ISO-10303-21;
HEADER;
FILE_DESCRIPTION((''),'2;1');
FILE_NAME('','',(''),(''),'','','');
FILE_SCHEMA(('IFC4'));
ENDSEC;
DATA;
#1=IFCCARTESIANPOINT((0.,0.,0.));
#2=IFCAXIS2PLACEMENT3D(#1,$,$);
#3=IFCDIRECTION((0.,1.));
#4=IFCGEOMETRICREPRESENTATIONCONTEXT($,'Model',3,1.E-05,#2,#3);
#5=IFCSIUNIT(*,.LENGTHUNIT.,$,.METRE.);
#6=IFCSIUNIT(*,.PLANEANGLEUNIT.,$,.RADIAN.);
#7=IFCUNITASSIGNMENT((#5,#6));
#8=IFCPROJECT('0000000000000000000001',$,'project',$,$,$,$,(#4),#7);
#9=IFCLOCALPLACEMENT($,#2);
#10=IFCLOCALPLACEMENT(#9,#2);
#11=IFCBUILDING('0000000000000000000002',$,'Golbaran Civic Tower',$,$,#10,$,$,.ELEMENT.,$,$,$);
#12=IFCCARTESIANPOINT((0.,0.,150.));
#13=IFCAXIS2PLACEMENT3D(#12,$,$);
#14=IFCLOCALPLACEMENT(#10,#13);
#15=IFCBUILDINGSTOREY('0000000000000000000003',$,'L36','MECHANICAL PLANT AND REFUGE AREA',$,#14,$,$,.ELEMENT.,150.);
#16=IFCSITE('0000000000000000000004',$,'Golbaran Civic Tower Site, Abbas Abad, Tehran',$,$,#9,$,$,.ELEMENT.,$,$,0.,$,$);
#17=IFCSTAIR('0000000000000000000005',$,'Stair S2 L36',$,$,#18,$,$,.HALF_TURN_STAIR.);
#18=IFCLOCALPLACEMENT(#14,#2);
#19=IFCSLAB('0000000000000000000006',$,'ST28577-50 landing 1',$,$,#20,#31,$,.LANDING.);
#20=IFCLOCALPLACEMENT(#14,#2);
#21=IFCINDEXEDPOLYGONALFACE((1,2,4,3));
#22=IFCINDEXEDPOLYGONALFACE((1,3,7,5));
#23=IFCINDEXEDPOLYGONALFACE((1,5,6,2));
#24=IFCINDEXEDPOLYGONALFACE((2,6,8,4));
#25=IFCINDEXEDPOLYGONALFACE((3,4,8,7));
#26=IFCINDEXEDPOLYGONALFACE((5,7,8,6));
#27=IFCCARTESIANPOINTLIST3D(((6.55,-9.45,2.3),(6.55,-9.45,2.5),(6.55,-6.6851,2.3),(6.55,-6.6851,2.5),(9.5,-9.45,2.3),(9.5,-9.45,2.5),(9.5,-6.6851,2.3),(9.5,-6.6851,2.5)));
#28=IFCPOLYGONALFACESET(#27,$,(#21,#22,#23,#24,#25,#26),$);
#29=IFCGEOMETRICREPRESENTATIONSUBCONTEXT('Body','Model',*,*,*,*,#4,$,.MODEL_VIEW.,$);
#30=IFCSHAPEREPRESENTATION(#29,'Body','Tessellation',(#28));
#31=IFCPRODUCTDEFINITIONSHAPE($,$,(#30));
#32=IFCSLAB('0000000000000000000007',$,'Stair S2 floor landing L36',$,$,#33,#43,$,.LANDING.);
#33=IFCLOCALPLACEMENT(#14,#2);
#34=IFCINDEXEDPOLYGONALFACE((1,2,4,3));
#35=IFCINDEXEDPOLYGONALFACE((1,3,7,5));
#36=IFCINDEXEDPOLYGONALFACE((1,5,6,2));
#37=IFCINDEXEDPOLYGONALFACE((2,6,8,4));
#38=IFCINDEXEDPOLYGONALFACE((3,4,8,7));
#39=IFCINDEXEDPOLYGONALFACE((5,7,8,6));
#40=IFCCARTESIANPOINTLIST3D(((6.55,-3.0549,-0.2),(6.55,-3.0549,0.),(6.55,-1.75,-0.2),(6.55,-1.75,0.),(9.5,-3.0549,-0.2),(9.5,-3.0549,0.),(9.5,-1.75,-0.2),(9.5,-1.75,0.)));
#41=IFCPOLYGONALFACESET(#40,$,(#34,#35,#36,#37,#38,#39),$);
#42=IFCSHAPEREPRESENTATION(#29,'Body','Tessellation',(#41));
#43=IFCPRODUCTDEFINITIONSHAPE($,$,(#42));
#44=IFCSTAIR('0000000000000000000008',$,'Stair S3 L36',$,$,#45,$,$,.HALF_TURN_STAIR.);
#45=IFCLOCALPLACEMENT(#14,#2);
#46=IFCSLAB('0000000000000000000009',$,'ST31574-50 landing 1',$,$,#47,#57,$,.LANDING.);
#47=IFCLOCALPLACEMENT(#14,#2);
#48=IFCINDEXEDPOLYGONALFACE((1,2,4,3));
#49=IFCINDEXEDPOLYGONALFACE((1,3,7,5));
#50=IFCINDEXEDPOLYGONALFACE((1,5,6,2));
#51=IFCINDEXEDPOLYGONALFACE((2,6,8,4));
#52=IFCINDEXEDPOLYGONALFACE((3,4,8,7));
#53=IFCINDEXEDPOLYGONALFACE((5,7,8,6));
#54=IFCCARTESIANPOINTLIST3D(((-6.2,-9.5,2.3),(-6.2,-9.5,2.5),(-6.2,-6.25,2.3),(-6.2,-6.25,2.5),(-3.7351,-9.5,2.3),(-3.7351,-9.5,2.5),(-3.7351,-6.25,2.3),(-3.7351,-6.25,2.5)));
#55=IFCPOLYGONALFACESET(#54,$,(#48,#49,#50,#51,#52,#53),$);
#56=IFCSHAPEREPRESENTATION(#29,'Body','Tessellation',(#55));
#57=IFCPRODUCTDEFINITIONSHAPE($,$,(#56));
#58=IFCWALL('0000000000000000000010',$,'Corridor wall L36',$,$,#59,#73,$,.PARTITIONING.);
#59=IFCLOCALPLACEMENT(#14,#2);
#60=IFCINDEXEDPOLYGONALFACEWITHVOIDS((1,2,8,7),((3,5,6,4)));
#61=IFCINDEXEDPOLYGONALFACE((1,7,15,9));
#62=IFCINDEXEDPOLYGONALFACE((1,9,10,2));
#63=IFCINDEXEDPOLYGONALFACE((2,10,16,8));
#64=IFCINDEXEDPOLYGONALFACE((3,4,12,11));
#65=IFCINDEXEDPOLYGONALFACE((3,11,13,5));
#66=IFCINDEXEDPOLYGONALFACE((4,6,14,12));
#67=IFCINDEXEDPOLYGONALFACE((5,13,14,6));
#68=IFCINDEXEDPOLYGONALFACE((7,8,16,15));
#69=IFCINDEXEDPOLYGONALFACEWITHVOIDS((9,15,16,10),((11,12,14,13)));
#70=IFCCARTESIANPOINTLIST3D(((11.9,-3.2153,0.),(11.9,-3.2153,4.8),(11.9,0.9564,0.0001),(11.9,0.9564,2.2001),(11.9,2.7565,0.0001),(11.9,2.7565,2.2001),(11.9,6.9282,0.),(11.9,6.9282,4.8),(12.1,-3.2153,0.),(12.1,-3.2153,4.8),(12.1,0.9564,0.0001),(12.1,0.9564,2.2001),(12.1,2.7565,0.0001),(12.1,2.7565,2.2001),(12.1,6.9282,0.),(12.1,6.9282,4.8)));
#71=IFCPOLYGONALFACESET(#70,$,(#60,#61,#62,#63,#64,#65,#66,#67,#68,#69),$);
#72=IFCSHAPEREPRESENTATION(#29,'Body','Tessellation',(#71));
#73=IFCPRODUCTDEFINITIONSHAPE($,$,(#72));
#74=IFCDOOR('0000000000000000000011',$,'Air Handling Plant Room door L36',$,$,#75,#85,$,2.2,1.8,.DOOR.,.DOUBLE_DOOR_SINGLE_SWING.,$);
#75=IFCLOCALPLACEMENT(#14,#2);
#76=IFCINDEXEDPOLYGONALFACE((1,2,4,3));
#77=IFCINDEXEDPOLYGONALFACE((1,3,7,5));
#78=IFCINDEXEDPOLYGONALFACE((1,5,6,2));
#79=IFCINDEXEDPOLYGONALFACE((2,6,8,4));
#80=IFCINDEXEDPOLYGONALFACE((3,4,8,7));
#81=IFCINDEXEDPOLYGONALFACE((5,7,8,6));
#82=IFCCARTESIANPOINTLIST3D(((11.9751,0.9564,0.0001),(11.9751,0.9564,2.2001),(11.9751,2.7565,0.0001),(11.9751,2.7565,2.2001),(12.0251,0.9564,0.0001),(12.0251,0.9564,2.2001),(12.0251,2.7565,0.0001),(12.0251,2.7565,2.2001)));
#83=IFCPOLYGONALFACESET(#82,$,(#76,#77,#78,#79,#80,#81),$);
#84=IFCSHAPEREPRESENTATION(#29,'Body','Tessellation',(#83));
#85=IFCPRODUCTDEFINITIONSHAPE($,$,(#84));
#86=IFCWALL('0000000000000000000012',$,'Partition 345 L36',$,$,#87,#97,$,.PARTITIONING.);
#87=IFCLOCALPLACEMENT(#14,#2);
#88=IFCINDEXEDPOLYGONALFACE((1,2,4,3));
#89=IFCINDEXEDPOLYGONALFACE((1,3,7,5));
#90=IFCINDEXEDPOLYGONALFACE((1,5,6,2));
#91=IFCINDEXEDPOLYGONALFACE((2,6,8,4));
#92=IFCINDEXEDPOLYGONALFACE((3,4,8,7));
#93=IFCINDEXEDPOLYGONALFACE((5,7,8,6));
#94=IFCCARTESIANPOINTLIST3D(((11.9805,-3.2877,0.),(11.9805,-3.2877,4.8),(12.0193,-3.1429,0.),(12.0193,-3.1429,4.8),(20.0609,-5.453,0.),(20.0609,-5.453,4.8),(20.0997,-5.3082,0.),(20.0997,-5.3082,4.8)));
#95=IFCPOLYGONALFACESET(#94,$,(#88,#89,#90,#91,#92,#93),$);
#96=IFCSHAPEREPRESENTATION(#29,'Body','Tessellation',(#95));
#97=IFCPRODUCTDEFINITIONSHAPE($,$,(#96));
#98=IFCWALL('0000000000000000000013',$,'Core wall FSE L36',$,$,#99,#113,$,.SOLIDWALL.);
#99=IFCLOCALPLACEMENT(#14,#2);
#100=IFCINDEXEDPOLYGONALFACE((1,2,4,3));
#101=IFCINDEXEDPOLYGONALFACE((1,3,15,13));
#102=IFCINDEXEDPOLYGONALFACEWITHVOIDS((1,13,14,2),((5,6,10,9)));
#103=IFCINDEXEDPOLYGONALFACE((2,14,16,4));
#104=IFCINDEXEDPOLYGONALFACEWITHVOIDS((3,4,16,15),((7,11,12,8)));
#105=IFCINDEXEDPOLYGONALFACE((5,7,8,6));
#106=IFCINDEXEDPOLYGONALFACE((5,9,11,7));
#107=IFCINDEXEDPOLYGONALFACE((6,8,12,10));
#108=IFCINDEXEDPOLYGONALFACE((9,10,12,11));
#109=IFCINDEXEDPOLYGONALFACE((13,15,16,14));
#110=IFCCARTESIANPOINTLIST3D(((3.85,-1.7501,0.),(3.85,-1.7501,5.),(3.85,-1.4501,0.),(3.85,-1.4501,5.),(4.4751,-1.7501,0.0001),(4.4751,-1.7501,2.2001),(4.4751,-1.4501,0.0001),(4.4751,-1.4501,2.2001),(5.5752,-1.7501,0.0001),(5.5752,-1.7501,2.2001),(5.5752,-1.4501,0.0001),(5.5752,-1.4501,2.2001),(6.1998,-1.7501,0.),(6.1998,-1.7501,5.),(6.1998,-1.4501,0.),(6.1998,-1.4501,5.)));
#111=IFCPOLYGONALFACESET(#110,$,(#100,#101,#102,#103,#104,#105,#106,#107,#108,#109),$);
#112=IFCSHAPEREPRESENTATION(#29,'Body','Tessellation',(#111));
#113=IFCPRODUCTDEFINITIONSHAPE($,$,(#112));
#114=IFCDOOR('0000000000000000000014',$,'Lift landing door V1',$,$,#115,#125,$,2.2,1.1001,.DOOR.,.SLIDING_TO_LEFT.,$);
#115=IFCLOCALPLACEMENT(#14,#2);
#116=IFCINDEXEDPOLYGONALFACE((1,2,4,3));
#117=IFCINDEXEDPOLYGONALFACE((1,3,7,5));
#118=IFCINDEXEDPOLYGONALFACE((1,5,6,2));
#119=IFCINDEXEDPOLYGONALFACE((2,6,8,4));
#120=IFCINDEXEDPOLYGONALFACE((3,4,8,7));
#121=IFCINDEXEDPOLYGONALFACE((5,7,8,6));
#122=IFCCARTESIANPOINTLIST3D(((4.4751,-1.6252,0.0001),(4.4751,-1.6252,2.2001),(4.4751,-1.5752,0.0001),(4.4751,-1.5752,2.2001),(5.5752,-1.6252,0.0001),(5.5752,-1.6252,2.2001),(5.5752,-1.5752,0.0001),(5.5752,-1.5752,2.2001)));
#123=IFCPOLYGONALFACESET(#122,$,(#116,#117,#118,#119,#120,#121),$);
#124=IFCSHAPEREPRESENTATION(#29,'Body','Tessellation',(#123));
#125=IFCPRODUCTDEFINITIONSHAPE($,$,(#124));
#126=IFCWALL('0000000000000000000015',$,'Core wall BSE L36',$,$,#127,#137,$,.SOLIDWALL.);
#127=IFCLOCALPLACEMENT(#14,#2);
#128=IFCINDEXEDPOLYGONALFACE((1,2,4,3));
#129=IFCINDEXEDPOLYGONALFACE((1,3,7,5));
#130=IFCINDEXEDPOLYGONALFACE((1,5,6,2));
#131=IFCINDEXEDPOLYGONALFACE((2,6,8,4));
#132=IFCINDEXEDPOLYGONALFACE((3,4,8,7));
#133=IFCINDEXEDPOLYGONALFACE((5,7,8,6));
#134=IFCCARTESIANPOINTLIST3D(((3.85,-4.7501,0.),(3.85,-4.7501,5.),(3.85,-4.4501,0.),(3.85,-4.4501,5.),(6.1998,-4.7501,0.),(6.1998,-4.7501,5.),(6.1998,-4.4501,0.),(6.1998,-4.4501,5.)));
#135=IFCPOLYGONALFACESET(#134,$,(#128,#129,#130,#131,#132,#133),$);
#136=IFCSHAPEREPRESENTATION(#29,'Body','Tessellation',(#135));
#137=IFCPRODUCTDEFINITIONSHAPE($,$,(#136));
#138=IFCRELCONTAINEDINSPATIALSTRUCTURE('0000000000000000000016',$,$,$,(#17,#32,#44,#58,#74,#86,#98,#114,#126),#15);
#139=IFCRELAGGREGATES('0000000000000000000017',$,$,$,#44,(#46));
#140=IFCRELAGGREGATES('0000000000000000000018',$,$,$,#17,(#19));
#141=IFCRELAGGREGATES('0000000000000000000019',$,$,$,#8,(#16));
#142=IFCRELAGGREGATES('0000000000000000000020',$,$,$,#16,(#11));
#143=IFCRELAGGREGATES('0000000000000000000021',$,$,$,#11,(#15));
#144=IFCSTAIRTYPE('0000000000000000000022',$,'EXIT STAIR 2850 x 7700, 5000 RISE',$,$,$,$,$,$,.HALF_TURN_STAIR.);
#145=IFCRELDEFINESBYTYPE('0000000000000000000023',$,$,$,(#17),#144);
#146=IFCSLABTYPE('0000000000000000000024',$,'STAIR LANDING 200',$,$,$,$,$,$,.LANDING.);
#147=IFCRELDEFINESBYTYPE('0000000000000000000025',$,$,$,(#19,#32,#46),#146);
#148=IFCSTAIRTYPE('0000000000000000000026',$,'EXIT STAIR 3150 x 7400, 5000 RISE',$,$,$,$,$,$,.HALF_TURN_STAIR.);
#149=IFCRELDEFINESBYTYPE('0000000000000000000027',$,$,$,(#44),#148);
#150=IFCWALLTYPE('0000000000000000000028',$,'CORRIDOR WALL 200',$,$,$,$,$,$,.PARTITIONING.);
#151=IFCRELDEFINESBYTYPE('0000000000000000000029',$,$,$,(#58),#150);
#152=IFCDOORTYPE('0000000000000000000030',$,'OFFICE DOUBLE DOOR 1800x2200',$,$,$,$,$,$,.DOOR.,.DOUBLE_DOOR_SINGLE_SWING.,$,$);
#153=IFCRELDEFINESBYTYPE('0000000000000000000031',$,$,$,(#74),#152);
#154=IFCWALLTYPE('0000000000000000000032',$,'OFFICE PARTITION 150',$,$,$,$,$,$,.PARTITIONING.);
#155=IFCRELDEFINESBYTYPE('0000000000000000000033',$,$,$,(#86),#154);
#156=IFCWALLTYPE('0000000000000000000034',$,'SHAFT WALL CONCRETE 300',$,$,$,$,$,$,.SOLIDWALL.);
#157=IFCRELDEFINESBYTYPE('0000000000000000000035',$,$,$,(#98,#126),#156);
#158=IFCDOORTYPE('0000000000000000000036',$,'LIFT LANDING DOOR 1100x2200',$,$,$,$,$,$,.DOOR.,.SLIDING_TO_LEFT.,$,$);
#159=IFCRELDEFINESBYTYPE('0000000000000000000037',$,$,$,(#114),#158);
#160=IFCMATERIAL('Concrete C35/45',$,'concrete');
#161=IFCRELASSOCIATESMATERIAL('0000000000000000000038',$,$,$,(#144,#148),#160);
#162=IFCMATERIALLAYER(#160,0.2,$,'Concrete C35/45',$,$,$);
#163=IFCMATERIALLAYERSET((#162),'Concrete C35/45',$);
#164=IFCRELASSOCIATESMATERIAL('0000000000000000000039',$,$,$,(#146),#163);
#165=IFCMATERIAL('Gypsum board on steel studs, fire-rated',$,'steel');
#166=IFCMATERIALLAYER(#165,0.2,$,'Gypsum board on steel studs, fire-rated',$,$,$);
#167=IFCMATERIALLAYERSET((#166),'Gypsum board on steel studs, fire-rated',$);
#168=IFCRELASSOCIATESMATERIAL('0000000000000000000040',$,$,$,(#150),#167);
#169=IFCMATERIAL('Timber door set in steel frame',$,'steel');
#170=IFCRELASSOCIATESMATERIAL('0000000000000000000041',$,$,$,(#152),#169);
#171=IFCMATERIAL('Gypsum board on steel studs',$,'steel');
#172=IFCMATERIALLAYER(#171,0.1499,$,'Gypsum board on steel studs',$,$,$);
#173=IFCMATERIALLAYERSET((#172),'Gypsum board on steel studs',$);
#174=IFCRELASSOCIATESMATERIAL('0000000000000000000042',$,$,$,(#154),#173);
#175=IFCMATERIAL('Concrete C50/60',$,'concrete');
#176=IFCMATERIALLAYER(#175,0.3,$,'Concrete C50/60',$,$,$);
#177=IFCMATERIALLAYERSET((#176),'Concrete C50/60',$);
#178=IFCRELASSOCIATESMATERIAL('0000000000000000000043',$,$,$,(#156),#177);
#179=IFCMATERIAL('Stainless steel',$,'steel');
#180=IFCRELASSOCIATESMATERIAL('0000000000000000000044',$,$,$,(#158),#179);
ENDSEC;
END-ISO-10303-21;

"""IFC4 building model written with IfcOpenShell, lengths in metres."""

from ifc_helpers import new_model, si_unit, direction, frame, frame_2d, origin, place, context, subcontext, project, spatial, polyline, rectangle, outline, extrude, material, layer, layer_set, type_object, element, fill, aggregate, save


model = new_model("IFC4")

# Units and contexts
model_context = context("Model", 3, precision=1e-05, world=origin(), true_north=direction((0.0, 1.0)))
body_context = subcontext(model_context, "Body", "Model", "MODEL_VIEW")
ifc_project = project(units=[si_unit("LENGTHUNIT", "METRE"), si_unit("PLANEANGLEUNIT", "RADIAN")], contexts=[model_context])

# Site, building, storey
site_placement = place(None, origin())
site = spatial("IfcSite", under=ifc_project, at=site_placement, Name="Golbaran Civic Tower Site, Abbas Abad, Tehran", CompositionType="ELEMENT", RefElevation=0.0)
building_placement = place(site_placement, origin())
building = spatial("IfcBuilding", under=site, at=building_placement, Name="Golbaran Civic Tower", CompositionType="ELEMENT")
storey_placement = place(building_placement, frame((0.0, 0.0, 150.0)))
storey = spatial("IfcBuildingStorey", under=building, at=storey_placement, Name="L36", Description="MECHANICAL PLANT AND REFUGE AREA", CompositionType="ELEMENT", Elevation=150.0)

# Shared definitions
ifc_material_1 = material(Name="Concrete C35/45", Category="concrete")

# Shared definitions
stair_type_1 = type_object("IfcStairType", Name="EXIT STAIR 2850 x 7700, 5000 RISE", PredefinedType="HALF_TURN_STAIR", material=ifc_material_1)
ifc_layer_1 = layer(ifc_material_1, 0.2, Name="Concrete C35/45")
ifc_layer_set_1 = layer_set([ifc_layer_1], Name="Concrete C35/45")
slab_type_1 = type_object("IfcSlabType", Name="STAIR LANDING 200", PredefinedType="LANDING", material=ifc_layer_set_1)

# Stair, slab
stair_1_placement = place(storey_placement, origin())
stair_1 = element("IfcStair", 1, at=stair_1_placement, inside=storey, type_object=stair_type_1, Name="Stair S2 L36", PredefinedType="HALF_TURN_STAIR")
slab_1_placement = place(storey_placement, frame((0.0, 0.0, 2.3)))
slab_1 = element("IfcSlab", 2, at=slab_1_placement, type_object=slab_type_1, Name="ST28577-50 landing 1", PredefinedType="LANDING", context=body_context, shape_type="SweptSolid", body=[
    extrude(outline(polyline([(9.5, -6.6851), (9.5, -9.45), (6.55, -9.45), (6.55, -6.6851), (9.5, -6.6851)])), origin(), (0.0, 0.0, 1.0), 0.2),
])

# Slab
slab_2_placement = place(storey_placement, frame((0.0, 0.0, -0.2)))
element("IfcSlab", 3, at=slab_2_placement, inside=storey, type_object=slab_type_1, Name="Stair S2 floor landing L36", PredefinedType="LANDING", context=body_context, shape_type="SweptSolid", body=[
    extrude(outline(polyline([(9.5, -1.75), (9.5, -3.0549), (6.55, -3.0549), (6.55, -1.75), (9.5, -1.75)])), origin(), (0.0, 0.0, 1.0), 0.2),
])

# Stair, slab
stair_type_2 = type_object("IfcStairType", Name="EXIT STAIR 3150 x 7400, 5000 RISE", PredefinedType="HALF_TURN_STAIR", material=ifc_material_1)
stair_2_placement = place(storey_placement, origin())
stair_2 = element("IfcStair", 4, at=stair_2_placement, inside=storey, type_object=stair_type_2, Name="Stair S3 L36", PredefinedType="HALF_TURN_STAIR")
slab_3_placement = place(storey_placement, frame((0.0, 0.0, 2.3)))
slab_3 = element("IfcSlab", 5, at=slab_3_placement, type_object=slab_type_1, Name="ST31574-50 landing 1", PredefinedType="LANDING", context=body_context, shape_type="SweptSolid", body=[
    extrude(outline(polyline([(-3.7351, -9.5), (-6.2, -9.5), (-6.2, -6.25), (-3.7351, -6.25), (-3.7351, -9.5)])), origin(), (0.0, 0.0, 1.0), 0.2),
])
aggregate(stair_2, [slab_3])

# Wall, opening, door
ifc_material_2 = material(Name="Gypsum board on steel studs, fire-rated", Category="steel")
ifc_layer_2 = layer(ifc_material_2, 0.2, Name="Gypsum board on steel studs, fire-rated")
ifc_layer_set_2 = layer_set([ifc_layer_2], Name="Gypsum board on steel studs, fire-rated")
wall_type_1 = type_object("IfcWallType", Name="CORRIDOR WALL 200", PredefinedType="PARTITIONING", material=ifc_layer_set_2)
wall_1_placement = place(storey_placement, frame((12.0, -3.2153, 0.0), z_axis=(0.0, 0.0, 1.0), x_axis=(0.0, 1.0, 0.0)))
wall_1 = element("IfcWall", 6, at=wall_1_placement, inside=storey, type_object=wall_type_1, Name="Corridor wall L36", PredefinedType="PARTITIONING", context=body_context, shape_type="SweptSolid", body=[
    extrude(rectangle(XDim=10.1436, YDim=0.2, at=frame_2d((5.0718, 0.0))), origin(), (0.0, 0.0, 1.0), 4.8),
])
opening_1_placement = place(wall_1_placement, frame((4.1719, 0.0, 0.0)))
opening_1 = element("IfcOpeningElement", 7, at=opening_1_placement, cuts=wall_1, PredefinedType="OPENING", context=body_context, shape_type="SweptSolid", body=[
    extrude(rectangle(XDim=1.8, YDim=2.2, at=frame_2d((0.8999, 1.1001))), frame((0.0, 0.1099, 0.0), z_axis=(0.0, -1.0, 0.0), x_axis=(1.0, 0.0, 0.0)), (0.0, 0.0, 1.0), 0.22),
])
ifc_material_3 = material(Name="Timber door set in steel frame", Category="steel")
door_type_1 = type_object("IfcDoorType", Name="OFFICE DOUBLE DOOR 1800x2200", OperationType="DOUBLE_DOOR_SINGLE_SWING", PredefinedType="DOOR", material=ifc_material_3)
door_1_placement = place(opening_1_placement, origin())
door_1 = element("IfcDoor", 8, at=door_1_placement, inside=storey, type_object=door_type_1, Name="Air Handling Plant Room door L36", OperationType="DOUBLE_DOOR_SINGLE_SWING", OverallHeight=2.2, OverallWidth=1.8, PredefinedType="DOOR", context=body_context, shape_type="SweptSolid", body=[
    extrude(rectangle(XDim=1.8, YDim=2.2, at=frame_2d((0.8999, 1.1001))), frame((0.0, 0.0249, 0.0), z_axis=(0.0, -1.0, 0.0), x_axis=(1.0, 0.0, 0.0)), (0.0, 0.0, 1.0), 0.05),
])
fill(opening_1, door_1)

# Wall
ifc_material_4 = material(Name="Gypsum board on steel studs", Category="steel")
ifc_layer_3 = layer(ifc_material_4, 0.1499, Name="Gypsum board on steel studs")
ifc_layer_set_3 = layer_set([ifc_layer_3], Name="Gypsum board on steel studs")
wall_type_2 = type_object("IfcWallType", Name="OFFICE PARTITION 150", PredefinedType="PARTITIONING", material=ifc_layer_set_3)
wall_2_placement = place(storey_placement, frame((12.0, -3.2153, 0.0), z_axis=(0.0, 0.0, 1.0), x_axis=(0.965921, -0.258838, 0.0)))
element("IfcWall", 9, at=wall_2_placement, inside=storey, type_object=wall_type_2, Name="Partition 345 L36", PredefinedType="PARTITIONING", context=body_context, shape_type="SweptSolid", body=[
    extrude(rectangle(XDim=8.3655, YDim=0.1499, at=frame_2d((4.1826, 0.0))), origin(), (0.0, 0.0, 1.0), 4.8),
])

# Wall, opening, door
ifc_material_5 = material(Name="Concrete C50/60", Category="concrete")
ifc_layer_4 = layer(ifc_material_5, 0.3, Name="Concrete C50/60")
ifc_layer_set_4 = layer_set([ifc_layer_4], Name="Concrete C50/60")
wall_type_3 = type_object("IfcWallType", Name="SHAFT WALL CONCRETE 300", PredefinedType="SOLIDWALL", material=ifc_layer_set_4)
wall_3_placement = place(storey_placement, frame((3.8501, -1.6001, 0.0), z_axis=(0.0, 0.0, 1.0), x_axis=(1.0, 0.0, 0.0)))
wall_3 = element("IfcWall", 10, at=wall_3_placement, inside=storey, type_object=wall_type_3, Name="Core wall FSE L36", PredefinedType="SOLIDWALL", context=body_context, shape_type="SweptSolid", body=[
    extrude(rectangle(XDim=2.3499, YDim=0.3, at=frame_2d((1.1748, 0.0))), origin(), (0.0, 0.0, 1.0), 5.0),
])
opening_2_placement = place(wall_3_placement, frame((0.625, 0.0, 0.0)))
opening_2 = element("IfcOpeningElement", 11, at=opening_2_placement, cuts=wall_3, PredefinedType="OPENING", context=body_context, shape_type="SweptSolid", body=[
    extrude(rectangle(XDim=1.1001, YDim=2.2, at=frame_2d((0.55, 1.1001))), frame((0.0, 0.1599, 0.0), z_axis=(0.0, -1.0, 0.0), x_axis=(1.0, 0.0, 0.0)), (0.0, 0.0, 1.0), 0.3201),
])
ifc_material_6 = material(Name="Stainless steel", Category="steel")
door_type_2 = type_object("IfcDoorType", Name="LIFT LANDING DOOR 1100x2200", OperationType="SLIDING_TO_LEFT", PredefinedType="DOOR", material=ifc_material_6)
door_2_placement = place(opening_2_placement, origin())
door_2 = element("IfcDoor", 12, at=door_2_placement, inside=storey, type_object=door_type_2, Name="Lift landing door V1", OperationType="SLIDING_TO_LEFT", OverallHeight=2.2, OverallWidth=1.1001, PredefinedType="DOOR", context=body_context, shape_type="SweptSolid", body=[
    extrude(rectangle(XDim=1.1001, YDim=2.2, at=frame_2d((0.55, 1.1001))), frame((0.0, 0.0249, 0.0), z_axis=(0.0, -1.0, 0.0), x_axis=(1.0, 0.0, 0.0)), (0.0, 0.0, 1.0), 0.05),
])
fill(opening_2, door_2)

# Wall
wall_4_placement = place(storey_placement, frame((3.8501, -4.6001, 0.0), z_axis=(0.0, 0.0, 1.0), x_axis=(1.0, 0.0, 0.0)))
element("IfcWall", 13, at=wall_4_placement, inside=storey, type_object=wall_type_3, Name="Core wall BSE L36", PredefinedType="SOLIDWALL", context=body_context, shape_type="SweptSolid", body=[
    extrude(rectangle(XDim=2.3499, YDim=0.3, at=frame_2d((1.1748, 0.0))), origin(), (0.0, 0.0, 1.0), 5.0),
])

aggregate(stair_1, [slab_1])

save(model, "model.ifc")
